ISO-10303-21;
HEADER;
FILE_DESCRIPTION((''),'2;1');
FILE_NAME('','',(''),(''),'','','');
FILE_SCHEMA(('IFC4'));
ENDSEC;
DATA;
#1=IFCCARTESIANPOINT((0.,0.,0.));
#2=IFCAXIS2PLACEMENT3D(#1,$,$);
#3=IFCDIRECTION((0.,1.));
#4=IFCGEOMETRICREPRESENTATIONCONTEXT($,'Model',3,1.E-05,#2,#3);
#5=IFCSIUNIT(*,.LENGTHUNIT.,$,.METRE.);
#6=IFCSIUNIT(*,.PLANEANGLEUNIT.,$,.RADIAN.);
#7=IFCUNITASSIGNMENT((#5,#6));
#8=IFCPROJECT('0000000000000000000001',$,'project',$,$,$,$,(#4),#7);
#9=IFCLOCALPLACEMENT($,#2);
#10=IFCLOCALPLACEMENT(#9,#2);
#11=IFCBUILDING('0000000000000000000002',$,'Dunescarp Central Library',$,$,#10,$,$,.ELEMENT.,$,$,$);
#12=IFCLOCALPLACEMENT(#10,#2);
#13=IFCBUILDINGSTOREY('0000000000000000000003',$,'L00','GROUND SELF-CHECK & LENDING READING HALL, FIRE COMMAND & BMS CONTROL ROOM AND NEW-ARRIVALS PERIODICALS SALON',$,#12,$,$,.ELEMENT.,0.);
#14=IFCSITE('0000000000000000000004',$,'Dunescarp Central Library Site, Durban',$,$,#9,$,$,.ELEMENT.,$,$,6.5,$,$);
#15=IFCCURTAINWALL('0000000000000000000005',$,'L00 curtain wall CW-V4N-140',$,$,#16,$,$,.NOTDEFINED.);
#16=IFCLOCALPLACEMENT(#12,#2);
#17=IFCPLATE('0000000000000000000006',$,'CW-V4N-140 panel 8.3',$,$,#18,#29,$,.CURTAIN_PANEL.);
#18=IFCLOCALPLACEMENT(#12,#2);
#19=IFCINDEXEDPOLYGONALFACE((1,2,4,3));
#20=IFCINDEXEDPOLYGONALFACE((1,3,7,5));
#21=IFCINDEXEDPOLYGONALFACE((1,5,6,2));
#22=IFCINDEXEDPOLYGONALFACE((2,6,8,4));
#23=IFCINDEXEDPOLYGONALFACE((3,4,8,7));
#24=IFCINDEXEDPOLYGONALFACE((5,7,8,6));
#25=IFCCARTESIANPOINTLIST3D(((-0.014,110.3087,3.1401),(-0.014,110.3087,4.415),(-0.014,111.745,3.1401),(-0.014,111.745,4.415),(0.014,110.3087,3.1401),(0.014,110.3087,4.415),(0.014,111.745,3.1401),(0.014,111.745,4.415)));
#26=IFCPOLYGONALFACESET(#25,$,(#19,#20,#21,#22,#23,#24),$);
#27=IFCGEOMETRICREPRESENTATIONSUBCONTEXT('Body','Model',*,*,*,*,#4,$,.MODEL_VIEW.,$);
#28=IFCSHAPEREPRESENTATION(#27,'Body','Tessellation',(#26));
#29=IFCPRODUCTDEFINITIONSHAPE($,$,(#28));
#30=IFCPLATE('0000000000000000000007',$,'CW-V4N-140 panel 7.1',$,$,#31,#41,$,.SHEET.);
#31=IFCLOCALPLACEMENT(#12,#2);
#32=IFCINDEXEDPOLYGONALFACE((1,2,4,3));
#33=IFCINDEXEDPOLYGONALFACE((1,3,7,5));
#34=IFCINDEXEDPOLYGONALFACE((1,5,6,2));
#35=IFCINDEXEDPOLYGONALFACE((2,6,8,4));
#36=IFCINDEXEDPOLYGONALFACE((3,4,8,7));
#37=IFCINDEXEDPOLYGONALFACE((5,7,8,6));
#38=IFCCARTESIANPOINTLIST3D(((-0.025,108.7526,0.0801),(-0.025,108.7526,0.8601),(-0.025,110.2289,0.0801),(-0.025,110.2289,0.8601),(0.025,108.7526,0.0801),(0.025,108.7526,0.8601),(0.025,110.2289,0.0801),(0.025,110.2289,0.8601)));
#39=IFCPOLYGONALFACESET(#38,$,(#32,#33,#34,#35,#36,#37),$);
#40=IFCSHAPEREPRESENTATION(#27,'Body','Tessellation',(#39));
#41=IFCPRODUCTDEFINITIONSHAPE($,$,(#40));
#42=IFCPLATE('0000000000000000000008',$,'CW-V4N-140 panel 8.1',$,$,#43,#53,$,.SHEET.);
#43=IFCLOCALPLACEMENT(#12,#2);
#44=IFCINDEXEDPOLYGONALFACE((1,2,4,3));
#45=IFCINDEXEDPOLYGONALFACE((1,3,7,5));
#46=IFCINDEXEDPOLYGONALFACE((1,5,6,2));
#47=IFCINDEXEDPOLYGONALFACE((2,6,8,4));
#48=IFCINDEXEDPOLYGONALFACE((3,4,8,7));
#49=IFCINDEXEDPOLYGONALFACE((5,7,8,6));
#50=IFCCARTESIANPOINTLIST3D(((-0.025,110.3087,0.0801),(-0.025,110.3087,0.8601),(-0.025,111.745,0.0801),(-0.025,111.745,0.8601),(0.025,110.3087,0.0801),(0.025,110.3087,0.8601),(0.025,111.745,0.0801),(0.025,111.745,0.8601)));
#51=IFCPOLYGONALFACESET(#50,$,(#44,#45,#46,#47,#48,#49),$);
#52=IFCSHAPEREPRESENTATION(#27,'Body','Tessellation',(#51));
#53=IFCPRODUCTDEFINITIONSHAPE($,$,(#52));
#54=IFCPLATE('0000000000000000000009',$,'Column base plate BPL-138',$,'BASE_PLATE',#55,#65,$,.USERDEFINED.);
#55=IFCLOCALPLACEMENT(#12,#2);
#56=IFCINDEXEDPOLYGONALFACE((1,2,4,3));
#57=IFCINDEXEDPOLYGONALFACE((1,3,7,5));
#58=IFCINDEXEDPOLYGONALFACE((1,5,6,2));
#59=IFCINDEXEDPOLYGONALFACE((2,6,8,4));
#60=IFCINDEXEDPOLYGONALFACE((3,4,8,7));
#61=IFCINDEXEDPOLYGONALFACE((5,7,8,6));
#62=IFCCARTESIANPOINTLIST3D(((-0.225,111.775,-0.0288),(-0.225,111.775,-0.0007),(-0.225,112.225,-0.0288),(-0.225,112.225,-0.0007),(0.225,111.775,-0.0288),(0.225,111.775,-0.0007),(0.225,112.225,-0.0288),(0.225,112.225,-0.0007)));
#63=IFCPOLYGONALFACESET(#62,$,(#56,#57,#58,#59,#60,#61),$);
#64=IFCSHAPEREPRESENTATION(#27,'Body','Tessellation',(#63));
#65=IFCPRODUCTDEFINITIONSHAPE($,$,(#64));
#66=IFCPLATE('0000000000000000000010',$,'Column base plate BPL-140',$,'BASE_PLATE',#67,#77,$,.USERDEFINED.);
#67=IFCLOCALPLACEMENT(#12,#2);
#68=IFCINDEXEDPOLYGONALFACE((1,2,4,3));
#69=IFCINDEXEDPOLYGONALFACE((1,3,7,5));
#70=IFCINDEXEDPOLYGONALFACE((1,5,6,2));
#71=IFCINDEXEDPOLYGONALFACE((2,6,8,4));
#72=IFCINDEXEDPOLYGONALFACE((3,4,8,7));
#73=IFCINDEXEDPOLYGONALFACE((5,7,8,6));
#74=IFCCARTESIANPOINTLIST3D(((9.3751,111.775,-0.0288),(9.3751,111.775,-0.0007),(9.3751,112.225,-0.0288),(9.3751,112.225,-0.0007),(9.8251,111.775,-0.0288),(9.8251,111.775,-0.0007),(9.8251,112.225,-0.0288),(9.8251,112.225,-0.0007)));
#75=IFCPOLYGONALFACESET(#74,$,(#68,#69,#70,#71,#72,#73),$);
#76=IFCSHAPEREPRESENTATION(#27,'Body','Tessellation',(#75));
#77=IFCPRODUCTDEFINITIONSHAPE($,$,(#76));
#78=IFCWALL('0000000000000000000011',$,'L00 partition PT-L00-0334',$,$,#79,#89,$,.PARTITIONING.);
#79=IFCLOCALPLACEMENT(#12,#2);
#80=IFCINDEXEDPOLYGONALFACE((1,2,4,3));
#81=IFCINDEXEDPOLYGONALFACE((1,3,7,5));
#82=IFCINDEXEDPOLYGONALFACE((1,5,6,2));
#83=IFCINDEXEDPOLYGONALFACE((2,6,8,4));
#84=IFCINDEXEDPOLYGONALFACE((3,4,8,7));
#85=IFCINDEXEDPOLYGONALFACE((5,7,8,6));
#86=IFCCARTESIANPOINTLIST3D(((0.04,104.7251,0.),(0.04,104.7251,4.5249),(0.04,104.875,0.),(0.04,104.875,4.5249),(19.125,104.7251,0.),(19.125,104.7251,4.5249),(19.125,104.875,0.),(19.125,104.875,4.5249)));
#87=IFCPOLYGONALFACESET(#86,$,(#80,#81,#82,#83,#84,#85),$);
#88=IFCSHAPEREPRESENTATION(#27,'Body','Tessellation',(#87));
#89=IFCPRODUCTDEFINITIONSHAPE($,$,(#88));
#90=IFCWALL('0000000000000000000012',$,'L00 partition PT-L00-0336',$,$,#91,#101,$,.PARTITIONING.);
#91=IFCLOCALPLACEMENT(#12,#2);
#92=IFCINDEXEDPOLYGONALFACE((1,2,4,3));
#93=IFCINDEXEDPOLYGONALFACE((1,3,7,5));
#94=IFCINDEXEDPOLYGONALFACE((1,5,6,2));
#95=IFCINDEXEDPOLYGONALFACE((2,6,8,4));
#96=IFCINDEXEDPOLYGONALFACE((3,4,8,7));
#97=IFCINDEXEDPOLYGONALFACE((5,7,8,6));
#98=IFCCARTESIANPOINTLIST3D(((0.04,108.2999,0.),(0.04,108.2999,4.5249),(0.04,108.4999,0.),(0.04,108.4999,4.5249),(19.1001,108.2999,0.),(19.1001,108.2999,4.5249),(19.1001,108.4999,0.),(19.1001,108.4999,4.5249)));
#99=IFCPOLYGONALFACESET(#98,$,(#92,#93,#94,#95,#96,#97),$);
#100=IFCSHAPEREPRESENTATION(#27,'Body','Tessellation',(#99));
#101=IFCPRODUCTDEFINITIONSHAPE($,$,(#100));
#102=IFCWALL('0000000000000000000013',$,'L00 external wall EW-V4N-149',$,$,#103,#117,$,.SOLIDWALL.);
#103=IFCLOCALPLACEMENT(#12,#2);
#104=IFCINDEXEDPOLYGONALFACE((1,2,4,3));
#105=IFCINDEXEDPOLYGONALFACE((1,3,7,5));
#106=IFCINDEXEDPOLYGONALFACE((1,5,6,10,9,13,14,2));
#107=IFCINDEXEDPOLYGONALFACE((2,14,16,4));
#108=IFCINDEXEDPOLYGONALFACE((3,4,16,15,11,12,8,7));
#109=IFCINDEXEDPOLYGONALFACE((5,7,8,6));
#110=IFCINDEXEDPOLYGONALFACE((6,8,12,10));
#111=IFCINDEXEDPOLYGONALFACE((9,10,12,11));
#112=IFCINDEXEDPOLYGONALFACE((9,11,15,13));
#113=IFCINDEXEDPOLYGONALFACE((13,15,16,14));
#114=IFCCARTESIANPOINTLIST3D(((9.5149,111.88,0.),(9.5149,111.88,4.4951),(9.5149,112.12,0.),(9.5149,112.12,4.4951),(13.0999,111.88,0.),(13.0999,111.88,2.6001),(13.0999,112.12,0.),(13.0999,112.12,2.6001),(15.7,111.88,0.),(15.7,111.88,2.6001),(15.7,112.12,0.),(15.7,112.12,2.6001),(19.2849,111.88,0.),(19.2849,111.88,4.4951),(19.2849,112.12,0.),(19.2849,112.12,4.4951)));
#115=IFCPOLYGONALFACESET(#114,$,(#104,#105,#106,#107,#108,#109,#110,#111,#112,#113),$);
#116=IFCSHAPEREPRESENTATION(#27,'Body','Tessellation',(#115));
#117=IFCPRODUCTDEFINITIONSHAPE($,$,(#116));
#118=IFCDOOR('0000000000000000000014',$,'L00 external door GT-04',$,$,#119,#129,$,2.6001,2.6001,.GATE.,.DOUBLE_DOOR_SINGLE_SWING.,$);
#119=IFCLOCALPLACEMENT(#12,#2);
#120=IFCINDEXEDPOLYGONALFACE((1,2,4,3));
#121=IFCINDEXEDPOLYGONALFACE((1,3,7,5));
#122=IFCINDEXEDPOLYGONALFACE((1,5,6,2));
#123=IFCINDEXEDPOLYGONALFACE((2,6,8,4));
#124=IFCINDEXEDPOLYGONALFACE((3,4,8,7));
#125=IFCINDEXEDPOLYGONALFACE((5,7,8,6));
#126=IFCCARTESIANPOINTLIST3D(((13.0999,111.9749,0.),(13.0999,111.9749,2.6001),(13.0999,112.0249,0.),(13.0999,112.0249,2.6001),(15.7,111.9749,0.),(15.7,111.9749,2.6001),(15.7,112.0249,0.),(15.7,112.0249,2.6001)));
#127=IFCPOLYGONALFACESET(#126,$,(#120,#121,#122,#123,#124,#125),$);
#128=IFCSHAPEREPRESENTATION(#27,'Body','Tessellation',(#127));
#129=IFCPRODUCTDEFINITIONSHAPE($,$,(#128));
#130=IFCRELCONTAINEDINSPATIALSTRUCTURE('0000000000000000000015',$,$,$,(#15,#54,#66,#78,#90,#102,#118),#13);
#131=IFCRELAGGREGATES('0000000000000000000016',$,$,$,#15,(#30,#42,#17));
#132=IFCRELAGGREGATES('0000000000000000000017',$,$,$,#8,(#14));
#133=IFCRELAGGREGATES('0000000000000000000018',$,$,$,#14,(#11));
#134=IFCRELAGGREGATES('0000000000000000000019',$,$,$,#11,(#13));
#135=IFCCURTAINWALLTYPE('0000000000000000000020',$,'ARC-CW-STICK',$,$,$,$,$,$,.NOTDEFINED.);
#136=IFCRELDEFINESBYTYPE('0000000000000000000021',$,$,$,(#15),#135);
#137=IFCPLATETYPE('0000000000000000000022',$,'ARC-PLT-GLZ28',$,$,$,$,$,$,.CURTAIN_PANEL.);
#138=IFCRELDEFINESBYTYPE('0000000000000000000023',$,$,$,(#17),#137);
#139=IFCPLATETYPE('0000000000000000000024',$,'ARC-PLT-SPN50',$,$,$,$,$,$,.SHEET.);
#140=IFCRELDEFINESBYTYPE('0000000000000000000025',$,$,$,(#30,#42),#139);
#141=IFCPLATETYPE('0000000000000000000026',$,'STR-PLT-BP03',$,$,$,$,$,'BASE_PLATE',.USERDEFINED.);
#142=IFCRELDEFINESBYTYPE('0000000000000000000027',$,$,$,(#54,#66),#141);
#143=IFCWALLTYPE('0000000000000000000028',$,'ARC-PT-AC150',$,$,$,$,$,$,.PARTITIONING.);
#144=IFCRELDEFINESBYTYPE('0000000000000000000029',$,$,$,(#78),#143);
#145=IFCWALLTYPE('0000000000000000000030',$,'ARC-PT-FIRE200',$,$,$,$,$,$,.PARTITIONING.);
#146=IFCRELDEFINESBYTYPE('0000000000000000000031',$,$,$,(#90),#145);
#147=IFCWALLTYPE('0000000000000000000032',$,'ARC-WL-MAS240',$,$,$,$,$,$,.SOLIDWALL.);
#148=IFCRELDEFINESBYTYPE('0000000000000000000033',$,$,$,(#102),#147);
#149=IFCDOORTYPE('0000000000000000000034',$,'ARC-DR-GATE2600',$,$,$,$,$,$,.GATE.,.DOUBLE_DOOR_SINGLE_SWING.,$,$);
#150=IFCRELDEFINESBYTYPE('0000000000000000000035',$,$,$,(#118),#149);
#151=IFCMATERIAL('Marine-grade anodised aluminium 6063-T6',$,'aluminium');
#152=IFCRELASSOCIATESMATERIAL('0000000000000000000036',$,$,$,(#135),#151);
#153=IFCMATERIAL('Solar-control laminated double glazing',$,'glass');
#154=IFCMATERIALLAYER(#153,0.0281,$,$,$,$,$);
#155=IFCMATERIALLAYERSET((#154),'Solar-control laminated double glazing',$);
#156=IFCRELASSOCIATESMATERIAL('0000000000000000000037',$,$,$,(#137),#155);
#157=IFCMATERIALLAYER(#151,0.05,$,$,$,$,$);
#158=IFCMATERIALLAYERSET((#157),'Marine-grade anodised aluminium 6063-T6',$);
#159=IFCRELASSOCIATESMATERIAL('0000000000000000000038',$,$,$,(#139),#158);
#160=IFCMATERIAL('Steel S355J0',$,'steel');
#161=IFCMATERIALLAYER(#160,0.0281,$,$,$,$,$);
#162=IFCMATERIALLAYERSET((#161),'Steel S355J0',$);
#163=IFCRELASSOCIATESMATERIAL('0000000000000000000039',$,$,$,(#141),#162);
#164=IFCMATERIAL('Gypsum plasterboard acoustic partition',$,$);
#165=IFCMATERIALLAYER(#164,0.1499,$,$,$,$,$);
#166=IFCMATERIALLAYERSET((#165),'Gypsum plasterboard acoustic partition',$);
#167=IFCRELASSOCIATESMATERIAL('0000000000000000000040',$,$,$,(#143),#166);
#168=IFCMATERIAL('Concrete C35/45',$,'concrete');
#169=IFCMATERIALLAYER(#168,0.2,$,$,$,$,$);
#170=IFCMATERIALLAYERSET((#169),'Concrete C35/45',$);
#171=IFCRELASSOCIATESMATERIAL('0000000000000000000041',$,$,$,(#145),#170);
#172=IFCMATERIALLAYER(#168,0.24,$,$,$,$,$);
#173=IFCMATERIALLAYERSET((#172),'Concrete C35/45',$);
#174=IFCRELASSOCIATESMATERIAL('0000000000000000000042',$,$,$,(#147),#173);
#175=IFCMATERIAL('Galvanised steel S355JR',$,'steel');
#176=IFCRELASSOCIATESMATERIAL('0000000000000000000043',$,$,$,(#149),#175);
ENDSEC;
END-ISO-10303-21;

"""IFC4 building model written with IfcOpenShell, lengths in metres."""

from ifc_helpers import new_model, si_unit, direction, frame, frame_2d, origin, origin_2d, place, context, subcontext, project, spatial, rectangle, extrude, material, layer, layer_set, type_object, element, fill, aggregate, save


model = new_model("IFC4")

# Units and contexts
model_context = context("Model", 3, precision=1e-05, world=origin(), true_north=direction((0.0, 1.0)))
body_context = subcontext(model_context, "Body", "Model", "MODEL_VIEW")
ifc_project = project(units=[si_unit("LENGTHUNIT", "METRE"), si_unit("PLANEANGLEUNIT", "RADIAN")], contexts=[model_context])

# Site, building, storey
site_placement = place(None, origin())
site = spatial("IfcSite", under=ifc_project, at=site_placement, Name="Dunescarp Central Library Site, Durban", CompositionType="ELEMENT", RefElevation=6.5)
building_placement = place(site_placement, origin())
building = spatial("IfcBuilding", under=site, at=building_placement, Name="Dunescarp Central Library", CompositionType="ELEMENT")
storey_placement = place(building_placement, origin())
storey = spatial("IfcBuildingStorey", under=building, at=storey_placement, Name="L00", Description="GROUND SELF-CHECK & LENDING READING HALL, FIRE COMMAND & BMS CONTROL ROOM AND NEW-ARRIVALS PERIODICALS SALON", CompositionType="ELEMENT", Elevation=0.0)

# Shared definitions
ifc_material_1 = material(Name="Concrete C35/45", Category="concrete")

# Curtain wall, plates
ifc_material_2 = material(Name="Marine-grade anodised aluminium 6063-T6", Category="aluminium")
curtain_wall_type = type_object("IfcCurtainWallType", Name="ARC-CW-STICK", PredefinedType="NOTDEFINED", material=ifc_material_2)
curtain_wall_placement = place(storey_placement, origin())
curtain_wall = element("IfcCurtainWall", 1, at=curtain_wall_placement, inside=storey, type_object=curtain_wall_type, Name="L00 curtain wall CW-V4N-140", PredefinedType="NOTDEFINED")
ifc_material_3 = material(Name="Solar-control laminated double glazing", Category="glass")
ifc_layer_1 = layer(ifc_material_3, 0.0281)
ifc_layer_set_1 = layer_set([ifc_layer_1], Name="Solar-control laminated double glazing")
plate_type_1 = type_object("IfcPlateType", Name="ARC-PLT-GLZ28", PredefinedType="CURTAIN_PANEL", material=ifc_layer_set_1)
plate_1_placement = place(storey_placement, frame((0.0, 111.0269, 3.1401), z_axis=(0.0, 0.0, 1.0), x_axis=(0.0, 1.0, 0.0)))
plate_1 = element("IfcPlate", 2, at=plate_1_placement, type_object=plate_type_1, Name="CW-V4N-140 panel 8.3", PredefinedType="CURTAIN_PANEL", context=body_context, shape_type="SweptSolid", body=[
    extrude(rectangle(XDim=1.4363, YDim=0.0281, at=origin_2d()), origin(), (0.0, 0.0, 1.0), 1.2749),
])
ifc_layer_2 = layer(ifc_material_2, 0.05)
ifc_layer_set_2 = layer_set([ifc_layer_2], Name="Marine-grade anodised aluminium 6063-T6")
plate_type_2 = type_object("IfcPlateType", Name="ARC-PLT-SPN50", PredefinedType="SHEET", material=ifc_layer_set_2)
plate_2_placement = place(storey_placement, frame((0.0, 109.4907, 0.0801), z_axis=(0.0, 0.0, 1.0), x_axis=(0.0, 1.0, 0.0)))
plate_2 = element("IfcPlate", 3, at=plate_2_placement, type_object=plate_type_2, Name="CW-V4N-140 panel 7.1", PredefinedType="SHEET", context=body_context, shape_type="SweptSolid", body=[
    extrude(rectangle(XDim=1.4763, YDim=0.05, at=origin_2d()), origin(), (0.0, 0.0, 1.0), 0.78),
])
plate_3_placement = place(storey_placement, frame((0.0, 111.0269, 0.0801), z_axis=(0.0, 0.0, 1.0), x_axis=(0.0, 1.0, 0.0)))
plate_3 = element("IfcPlate", 4, at=plate_3_placement, type_object=plate_type_2, Name="CW-V4N-140 panel 8.1", PredefinedType="SHEET", context=body_context, shape_type="SweptSolid", body=[
    extrude(rectangle(XDim=1.4363, YDim=0.05, at=origin_2d()), origin(), (0.0, 0.0, 1.0), 0.78),
])
aggregate(curtain_wall, [plate_2, plate_3, plate_1])

# Plates
ifc_material_4 = material(Name="Steel S355J0", Category="steel")
ifc_layer_3 = layer(ifc_material_4, 0.0281)
ifc_layer_set_3 = layer_set([ifc_layer_3], Name="Steel S355J0")
plate_type_3 = type_object("IfcPlateType", Name="STR-PLT-BP03", ElementType="BASE_PLATE", PredefinedType="USERDEFINED", material=ifc_layer_set_3)
for number, where, z_axis, x_axis, name in (
    (5, (0.0, 112.0, -0.0288), (0.0, 0.0, 1.0), (1.0, 0.0, 0.0), "Column base plate BPL-138"),
    (6, (9.6001, 112.0, -0.0288), (0.0, 0.0, 1.0), (1.0, 0.0, 0.0), "Column base plate BPL-140"),
):
    element("IfcPlate", number, at=place(storey_placement, frame(where, z_axis=z_axis, x_axis=x_axis)), inside=storey, type_object=plate_type_3, Name=name, ObjectType="BASE_PLATE", PredefinedType="USERDEFINED", context=body_context, shape_type="SweptSolid", body=[
        extrude(rectangle(XDim=0.45, YDim=0.45, at=origin_2d()), origin(), (0.0, 0.0, 1.0), 0.0281),
    ])

# Walls
ifc_material_5 = material(Name="Gypsum plasterboard acoustic partition")
ifc_layer_4 = layer(ifc_material_5, 0.1499)
ifc_layer_set_4 = layer_set([ifc_layer_4], Name="Gypsum plasterboard acoustic partition")
wall_type_1 = type_object("IfcWallType", Name="ARC-PT-AC150", PredefinedType="PARTITIONING", material=ifc_layer_set_4)
wall_1_placement = place(storey_placement, frame((0.04, 104.8, 0.0), z_axis=(0.0, 0.0, 1.0), x_axis=(1.0, 0.0, 0.0)))
element("IfcWall", 7, at=wall_1_placement, inside=storey, type_object=wall_type_1, Name="L00 partition PT-L00-0334", PredefinedType="PARTITIONING", context=body_context, shape_type="SweptSolid", body=[
    extrude(rectangle(XDim=19.085, YDim=0.1499, at=frame_2d((9.5425, 0.0))), origin(), (0.0, 0.0, 1.0), 4.5249),
])
ifc_layer_5 = layer(ifc_material_1, 0.2)
ifc_layer_set_5 = layer_set([ifc_layer_5], Name="Concrete C35/45")
wall_type_2 = type_object("IfcWallType", Name="ARC-PT-FIRE200", PredefinedType="PARTITIONING", material=ifc_layer_set_5)
wall_2_placement = place(storey_placement, frame((0.04, 108.3999, 0.0), z_axis=(0.0, 0.0, 1.0), x_axis=(1.0, 0.0, 0.0)))
element("IfcWall", 8, at=wall_2_placement, inside=storey, type_object=wall_type_2, Name="L00 partition PT-L00-0336", PredefinedType="PARTITIONING", context=body_context, shape_type="SweptSolid", body=[
    extrude(rectangle(XDim=19.0601, YDim=0.2, at=frame_2d((9.53, 0.0))), origin(), (0.0, 0.0, 1.0), 4.5249),
])

# Wall, opening, door
ifc_layer_6 = layer(ifc_material_1, 0.24)
ifc_layer_set_6 = layer_set([ifc_layer_6], Name="Concrete C35/45")
wall_type_3 = type_object("IfcWallType", Name="ARC-WL-MAS240", PredefinedType="SOLIDWALL", material=ifc_layer_set_6)
wall_3_placement = place(storey_placement, frame((9.5149, 112.0, 0.0), z_axis=(0.0, 0.0, 1.0), x_axis=(1.0, 0.0, 0.0)))
wall_3 = element("IfcWall", 9, at=wall_3_placement, inside=storey, type_object=wall_type_3, Name="L00 external wall EW-V4N-149", PredefinedType="SOLIDWALL", context=body_context, shape_type="SweptSolid", body=[
    extrude(rectangle(XDim=9.77, YDim=0.24, at=frame_2d((4.885, 0.0))), origin(), (0.0, 0.0, 1.0), 4.4951),
])
opening_placement = place(wall_3_placement, frame((3.585, 0.0, 0.0)))
opening = element("IfcOpeningElement", 10, at=opening_placement, cuts=wall_3, PredefinedType="OPENING", context=body_context, shape_type="SweptSolid", body=[
    extrude(rectangle(XDim=2.6001, YDim=2.6001, at=frame_2d((1.3, 1.3))), frame((0.0, 0.1299, 0.0), z_axis=(0.0, -1.0, 0.0), x_axis=(1.0, 0.0, 0.0)), (0.0, 0.0, 1.0), 0.26),
])
ifc_material_6 = material(Name="Galvanised steel S355JR", Category="steel")
door_type = type_object("IfcDoorType", Name="ARC-DR-GATE2600", OperationType="DOUBLE_DOOR_SINGLE_SWING", PredefinedType="GATE", material=ifc_material_6)
door_placement = place(opening_placement, origin())
door = element("IfcDoor", 11, at=door_placement, inside=storey, type_object=door_type, Name="L00 external door GT-04", OperationType="DOUBLE_DOOR_SINGLE_SWING", OverallHeight=2.6001, OverallWidth=2.6001, PredefinedType="GATE", context=body_context, shape_type="SweptSolid", body=[
    extrude(rectangle(XDim=2.6001, YDim=2.6001, at=frame_2d((1.3, 1.3))), frame((0.0, 0.0249, 0.0), z_axis=(0.0, -1.0, 0.0), x_axis=(1.0, 0.0, 0.0)), (0.0, 0.0, 1.0), 0.05),
])
fill(opening, door)

save(model, "model.ifc")
